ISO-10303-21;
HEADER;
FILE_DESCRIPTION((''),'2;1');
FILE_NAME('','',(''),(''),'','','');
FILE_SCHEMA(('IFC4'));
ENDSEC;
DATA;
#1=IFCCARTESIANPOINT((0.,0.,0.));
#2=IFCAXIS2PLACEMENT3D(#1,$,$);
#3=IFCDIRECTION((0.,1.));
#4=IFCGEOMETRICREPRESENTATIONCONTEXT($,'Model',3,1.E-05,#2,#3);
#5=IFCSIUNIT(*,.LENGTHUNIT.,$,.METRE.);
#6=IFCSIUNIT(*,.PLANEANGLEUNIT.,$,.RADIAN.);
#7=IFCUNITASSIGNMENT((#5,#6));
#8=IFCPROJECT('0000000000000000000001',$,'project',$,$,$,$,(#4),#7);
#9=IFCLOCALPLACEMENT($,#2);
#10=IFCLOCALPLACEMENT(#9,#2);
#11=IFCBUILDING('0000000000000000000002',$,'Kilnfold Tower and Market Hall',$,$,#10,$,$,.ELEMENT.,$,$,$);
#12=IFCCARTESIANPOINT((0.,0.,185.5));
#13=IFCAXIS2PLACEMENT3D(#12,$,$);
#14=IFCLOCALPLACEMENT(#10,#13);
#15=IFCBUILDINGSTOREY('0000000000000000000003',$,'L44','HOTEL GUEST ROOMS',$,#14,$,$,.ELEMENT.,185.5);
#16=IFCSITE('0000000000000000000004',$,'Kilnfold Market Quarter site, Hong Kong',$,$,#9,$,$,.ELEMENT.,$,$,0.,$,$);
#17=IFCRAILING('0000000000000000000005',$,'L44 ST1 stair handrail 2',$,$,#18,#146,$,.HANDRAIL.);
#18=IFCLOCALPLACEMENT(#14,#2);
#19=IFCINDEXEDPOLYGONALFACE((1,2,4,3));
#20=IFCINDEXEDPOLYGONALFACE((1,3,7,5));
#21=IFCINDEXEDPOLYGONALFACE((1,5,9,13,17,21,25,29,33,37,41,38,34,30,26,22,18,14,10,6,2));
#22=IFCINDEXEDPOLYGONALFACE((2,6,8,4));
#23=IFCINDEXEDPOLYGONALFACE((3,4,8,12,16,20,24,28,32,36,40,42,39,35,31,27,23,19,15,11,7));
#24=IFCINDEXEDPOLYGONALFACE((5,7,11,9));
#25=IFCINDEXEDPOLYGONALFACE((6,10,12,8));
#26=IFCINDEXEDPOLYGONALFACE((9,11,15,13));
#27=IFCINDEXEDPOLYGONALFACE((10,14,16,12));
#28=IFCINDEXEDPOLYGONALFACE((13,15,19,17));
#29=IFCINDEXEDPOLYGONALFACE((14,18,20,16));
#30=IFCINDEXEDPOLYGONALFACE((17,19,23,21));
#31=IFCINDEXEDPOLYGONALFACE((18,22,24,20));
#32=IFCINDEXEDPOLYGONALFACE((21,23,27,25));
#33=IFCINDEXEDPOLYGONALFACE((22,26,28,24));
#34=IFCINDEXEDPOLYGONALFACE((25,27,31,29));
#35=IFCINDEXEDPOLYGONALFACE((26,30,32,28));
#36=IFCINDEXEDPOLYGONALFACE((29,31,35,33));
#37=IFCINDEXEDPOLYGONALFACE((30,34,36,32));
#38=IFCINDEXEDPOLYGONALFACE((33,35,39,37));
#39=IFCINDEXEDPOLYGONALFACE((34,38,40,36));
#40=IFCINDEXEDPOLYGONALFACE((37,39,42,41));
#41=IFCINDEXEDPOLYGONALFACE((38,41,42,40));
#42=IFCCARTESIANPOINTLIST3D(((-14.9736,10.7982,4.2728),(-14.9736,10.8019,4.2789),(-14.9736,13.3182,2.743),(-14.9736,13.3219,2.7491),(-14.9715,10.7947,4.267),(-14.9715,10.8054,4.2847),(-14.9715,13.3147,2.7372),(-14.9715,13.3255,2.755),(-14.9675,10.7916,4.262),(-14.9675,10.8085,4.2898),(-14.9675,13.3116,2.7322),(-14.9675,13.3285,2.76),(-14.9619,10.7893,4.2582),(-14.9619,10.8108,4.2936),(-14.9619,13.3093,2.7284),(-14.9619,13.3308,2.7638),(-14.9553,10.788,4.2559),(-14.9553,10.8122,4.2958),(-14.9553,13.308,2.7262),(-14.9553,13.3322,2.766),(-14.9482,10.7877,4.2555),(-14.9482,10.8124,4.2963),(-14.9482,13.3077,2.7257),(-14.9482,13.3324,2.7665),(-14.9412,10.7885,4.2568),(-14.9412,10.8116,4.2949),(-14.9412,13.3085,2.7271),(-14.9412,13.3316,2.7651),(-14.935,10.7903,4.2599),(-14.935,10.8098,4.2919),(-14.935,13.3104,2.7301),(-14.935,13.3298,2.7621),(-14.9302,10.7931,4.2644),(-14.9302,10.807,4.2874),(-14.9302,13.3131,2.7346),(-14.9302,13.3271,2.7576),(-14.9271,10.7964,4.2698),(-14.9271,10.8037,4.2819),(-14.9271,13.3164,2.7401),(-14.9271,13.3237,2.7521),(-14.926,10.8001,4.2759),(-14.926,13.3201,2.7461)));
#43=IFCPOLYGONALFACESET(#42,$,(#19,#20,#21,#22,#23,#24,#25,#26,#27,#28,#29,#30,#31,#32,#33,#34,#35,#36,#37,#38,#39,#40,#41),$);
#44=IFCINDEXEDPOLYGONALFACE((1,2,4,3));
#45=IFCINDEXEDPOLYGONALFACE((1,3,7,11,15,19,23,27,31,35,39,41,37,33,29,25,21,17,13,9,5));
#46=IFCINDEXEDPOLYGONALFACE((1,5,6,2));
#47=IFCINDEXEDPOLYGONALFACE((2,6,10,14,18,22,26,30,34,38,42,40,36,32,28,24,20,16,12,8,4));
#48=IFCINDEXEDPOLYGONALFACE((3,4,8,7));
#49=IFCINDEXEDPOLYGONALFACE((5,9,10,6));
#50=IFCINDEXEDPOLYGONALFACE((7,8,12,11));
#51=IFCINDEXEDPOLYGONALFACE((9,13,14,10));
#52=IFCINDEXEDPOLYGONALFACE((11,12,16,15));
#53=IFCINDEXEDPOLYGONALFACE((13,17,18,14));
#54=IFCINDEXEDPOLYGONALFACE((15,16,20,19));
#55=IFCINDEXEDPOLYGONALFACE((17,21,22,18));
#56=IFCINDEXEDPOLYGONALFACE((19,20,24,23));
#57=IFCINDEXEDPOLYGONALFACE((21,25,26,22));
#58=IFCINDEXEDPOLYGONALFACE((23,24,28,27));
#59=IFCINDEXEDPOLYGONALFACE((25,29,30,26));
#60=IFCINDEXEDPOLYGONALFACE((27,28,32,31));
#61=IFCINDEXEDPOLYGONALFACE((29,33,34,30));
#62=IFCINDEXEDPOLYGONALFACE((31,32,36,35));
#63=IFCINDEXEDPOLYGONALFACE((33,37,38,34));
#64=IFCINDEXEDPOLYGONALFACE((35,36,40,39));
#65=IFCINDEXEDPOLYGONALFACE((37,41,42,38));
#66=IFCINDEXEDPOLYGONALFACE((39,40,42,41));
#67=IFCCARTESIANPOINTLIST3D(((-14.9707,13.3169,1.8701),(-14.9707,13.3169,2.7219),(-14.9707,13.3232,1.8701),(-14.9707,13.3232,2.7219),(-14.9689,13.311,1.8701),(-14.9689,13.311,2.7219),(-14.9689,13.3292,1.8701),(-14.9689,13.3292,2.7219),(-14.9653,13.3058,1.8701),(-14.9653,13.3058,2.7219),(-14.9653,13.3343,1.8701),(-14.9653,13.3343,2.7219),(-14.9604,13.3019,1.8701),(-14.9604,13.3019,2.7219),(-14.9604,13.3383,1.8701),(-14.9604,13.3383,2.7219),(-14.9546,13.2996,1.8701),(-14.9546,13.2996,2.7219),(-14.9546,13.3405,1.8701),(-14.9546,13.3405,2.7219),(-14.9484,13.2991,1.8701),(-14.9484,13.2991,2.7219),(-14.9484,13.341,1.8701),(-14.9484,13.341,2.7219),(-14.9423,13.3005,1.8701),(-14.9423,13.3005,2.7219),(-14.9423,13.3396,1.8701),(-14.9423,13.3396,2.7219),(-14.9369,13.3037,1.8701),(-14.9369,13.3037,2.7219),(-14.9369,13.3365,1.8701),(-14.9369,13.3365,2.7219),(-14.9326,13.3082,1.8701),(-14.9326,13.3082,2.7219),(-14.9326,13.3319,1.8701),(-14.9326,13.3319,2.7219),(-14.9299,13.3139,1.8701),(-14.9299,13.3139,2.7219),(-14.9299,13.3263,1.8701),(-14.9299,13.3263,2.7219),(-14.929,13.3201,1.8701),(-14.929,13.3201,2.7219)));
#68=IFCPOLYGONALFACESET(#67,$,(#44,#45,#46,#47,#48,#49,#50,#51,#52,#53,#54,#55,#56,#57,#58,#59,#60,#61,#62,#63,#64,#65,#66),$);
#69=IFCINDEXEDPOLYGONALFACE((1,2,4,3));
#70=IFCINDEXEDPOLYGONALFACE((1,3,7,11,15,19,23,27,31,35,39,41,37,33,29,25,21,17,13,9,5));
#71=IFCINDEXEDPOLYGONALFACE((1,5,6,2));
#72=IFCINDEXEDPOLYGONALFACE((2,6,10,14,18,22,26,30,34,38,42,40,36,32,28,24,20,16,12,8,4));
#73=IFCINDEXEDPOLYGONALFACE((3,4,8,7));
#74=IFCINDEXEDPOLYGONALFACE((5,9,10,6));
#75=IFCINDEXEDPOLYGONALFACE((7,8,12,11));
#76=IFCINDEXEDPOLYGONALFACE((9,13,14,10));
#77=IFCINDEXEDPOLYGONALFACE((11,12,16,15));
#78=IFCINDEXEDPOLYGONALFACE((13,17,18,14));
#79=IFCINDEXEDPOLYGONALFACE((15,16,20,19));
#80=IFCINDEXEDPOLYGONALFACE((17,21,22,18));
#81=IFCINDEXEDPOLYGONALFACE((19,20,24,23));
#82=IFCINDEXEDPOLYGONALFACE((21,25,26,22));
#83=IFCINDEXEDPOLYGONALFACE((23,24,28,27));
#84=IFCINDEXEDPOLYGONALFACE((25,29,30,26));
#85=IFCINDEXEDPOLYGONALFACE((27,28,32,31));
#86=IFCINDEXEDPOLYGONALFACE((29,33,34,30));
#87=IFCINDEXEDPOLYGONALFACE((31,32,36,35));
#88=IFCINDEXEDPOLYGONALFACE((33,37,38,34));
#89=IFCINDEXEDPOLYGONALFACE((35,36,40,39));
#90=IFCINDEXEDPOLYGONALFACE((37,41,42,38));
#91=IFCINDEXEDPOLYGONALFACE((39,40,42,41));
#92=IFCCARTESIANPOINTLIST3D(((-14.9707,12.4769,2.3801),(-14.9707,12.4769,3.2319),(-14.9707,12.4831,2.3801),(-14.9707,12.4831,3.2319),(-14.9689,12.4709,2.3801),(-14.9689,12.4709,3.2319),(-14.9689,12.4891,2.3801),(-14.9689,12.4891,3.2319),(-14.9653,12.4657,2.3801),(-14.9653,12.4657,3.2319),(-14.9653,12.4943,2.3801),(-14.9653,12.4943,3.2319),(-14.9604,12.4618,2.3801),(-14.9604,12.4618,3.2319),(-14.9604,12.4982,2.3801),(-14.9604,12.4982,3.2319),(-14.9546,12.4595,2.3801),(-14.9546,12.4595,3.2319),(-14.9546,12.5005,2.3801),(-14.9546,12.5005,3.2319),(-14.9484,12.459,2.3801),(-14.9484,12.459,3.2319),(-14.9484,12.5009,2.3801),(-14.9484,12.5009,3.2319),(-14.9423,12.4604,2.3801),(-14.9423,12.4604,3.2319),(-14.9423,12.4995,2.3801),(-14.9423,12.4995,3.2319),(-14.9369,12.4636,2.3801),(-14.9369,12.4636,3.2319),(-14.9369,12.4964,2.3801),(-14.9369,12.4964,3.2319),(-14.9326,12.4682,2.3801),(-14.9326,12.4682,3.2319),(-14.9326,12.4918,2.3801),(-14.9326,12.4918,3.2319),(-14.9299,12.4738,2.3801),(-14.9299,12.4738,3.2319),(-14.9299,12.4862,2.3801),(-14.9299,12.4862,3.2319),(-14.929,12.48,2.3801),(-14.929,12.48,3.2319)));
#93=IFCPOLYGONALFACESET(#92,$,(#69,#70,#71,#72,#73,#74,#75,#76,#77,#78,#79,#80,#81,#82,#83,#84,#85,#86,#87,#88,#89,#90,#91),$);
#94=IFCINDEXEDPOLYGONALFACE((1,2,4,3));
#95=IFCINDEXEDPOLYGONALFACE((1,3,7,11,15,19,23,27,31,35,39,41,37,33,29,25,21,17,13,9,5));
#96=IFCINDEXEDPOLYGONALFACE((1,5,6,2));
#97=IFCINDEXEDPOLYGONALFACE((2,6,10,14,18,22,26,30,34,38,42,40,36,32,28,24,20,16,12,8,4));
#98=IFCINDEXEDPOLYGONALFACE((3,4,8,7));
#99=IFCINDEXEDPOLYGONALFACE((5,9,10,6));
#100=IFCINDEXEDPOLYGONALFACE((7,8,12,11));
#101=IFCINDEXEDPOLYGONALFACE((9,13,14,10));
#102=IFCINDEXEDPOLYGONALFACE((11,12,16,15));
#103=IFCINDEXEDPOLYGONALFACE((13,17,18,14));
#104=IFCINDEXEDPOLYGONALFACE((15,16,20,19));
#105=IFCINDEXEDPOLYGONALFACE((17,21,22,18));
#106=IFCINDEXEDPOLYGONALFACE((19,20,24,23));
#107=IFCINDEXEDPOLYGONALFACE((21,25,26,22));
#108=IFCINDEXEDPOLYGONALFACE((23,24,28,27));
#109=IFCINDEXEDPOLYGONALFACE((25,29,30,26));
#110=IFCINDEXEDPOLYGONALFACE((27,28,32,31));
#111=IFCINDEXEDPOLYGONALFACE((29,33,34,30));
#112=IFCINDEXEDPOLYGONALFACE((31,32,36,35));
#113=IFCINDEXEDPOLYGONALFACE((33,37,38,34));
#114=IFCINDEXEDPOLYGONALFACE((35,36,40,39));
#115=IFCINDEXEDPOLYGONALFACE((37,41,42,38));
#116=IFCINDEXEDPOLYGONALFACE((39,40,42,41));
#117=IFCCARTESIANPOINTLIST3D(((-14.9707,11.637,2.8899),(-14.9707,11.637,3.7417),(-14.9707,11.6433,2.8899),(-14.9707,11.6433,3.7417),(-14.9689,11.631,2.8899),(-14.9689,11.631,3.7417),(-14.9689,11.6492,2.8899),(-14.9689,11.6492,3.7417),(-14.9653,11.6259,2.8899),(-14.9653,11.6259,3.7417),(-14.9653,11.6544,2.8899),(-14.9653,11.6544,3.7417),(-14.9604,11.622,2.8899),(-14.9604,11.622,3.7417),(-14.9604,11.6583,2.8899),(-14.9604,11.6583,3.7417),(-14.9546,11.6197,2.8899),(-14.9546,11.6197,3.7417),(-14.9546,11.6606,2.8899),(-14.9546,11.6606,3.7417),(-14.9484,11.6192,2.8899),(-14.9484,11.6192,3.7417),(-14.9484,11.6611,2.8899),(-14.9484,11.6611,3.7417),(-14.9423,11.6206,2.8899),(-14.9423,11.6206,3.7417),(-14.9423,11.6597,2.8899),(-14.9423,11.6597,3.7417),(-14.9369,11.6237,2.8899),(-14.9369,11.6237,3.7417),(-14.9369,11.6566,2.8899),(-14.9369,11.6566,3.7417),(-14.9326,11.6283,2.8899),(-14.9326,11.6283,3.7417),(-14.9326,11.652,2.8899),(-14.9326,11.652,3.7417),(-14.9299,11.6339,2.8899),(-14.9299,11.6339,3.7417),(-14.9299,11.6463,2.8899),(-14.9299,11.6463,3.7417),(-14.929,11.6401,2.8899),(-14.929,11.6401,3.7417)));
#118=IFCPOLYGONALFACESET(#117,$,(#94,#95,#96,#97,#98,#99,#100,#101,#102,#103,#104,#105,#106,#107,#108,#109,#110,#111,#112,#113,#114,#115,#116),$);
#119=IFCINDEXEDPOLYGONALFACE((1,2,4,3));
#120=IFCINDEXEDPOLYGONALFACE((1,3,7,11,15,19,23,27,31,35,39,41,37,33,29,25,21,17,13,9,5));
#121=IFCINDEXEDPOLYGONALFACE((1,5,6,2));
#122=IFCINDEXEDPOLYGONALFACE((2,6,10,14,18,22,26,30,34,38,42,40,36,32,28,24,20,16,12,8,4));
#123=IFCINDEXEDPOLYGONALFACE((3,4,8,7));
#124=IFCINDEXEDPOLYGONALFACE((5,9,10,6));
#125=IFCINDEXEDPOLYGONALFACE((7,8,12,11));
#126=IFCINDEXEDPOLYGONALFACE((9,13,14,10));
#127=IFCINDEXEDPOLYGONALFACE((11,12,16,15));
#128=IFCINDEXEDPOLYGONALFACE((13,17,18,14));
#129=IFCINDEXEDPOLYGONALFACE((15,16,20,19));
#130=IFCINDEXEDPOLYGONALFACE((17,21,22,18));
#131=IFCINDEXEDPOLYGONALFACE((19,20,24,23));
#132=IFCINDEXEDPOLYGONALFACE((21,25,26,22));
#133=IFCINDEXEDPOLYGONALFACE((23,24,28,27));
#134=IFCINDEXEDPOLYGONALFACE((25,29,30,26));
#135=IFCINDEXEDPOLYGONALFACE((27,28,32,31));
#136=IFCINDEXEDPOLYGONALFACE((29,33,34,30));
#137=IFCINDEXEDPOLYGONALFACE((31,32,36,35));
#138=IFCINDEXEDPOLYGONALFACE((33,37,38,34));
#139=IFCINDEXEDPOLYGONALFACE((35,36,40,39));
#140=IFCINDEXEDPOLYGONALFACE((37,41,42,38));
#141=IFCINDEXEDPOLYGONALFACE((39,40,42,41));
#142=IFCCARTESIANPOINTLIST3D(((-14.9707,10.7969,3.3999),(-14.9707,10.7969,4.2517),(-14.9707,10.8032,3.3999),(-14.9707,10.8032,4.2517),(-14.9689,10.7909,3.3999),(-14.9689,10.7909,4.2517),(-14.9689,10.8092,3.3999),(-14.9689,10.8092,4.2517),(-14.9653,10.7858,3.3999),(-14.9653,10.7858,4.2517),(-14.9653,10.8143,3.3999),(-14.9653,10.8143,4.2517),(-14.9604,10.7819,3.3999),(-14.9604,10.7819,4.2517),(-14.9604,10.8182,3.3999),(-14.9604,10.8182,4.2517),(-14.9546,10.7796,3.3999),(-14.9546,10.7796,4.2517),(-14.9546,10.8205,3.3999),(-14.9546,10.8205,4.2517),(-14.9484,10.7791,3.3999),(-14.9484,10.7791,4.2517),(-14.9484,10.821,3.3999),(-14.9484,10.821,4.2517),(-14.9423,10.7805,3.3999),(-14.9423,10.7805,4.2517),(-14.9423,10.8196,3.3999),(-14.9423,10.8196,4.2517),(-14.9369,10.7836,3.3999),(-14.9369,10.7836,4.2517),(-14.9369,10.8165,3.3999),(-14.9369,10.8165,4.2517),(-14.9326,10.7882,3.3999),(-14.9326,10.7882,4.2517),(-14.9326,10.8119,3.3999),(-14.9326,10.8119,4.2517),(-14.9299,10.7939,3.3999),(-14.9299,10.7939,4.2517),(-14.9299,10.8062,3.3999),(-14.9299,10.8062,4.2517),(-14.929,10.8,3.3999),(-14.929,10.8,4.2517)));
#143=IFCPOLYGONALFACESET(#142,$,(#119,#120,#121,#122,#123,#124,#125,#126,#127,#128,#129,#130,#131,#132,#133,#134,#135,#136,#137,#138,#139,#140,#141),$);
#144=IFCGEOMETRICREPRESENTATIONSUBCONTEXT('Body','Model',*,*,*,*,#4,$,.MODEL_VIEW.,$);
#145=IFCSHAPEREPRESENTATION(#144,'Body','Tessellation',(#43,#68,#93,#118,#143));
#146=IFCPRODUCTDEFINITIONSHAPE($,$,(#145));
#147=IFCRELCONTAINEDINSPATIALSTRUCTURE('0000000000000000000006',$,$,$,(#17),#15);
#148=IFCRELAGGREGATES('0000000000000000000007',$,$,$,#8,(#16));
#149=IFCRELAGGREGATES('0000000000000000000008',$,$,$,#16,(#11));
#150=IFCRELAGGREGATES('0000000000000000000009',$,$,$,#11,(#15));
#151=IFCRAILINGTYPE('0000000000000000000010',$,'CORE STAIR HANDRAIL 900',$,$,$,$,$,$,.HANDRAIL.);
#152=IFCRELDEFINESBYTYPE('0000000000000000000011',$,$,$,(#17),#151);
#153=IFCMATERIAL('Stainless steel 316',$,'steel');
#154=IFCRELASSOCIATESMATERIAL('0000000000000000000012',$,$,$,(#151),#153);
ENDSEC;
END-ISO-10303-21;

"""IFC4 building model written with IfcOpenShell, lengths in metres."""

from ifc_helpers import new_model, si_unit, direction, frame, origin, origin_2d, place, context, subcontext, project, spatial, circle, extrude, material, type_object, element, save


model = new_model("IFC4")

# Units and contexts
model_context = context("Model", 3, precision=1e-05, world=origin(), true_north=direction((0.0, 1.0)))
body_context = subcontext(model_context, "Body", "Model", "MODEL_VIEW")
ifc_project = project(units=[si_unit("LENGTHUNIT", "METRE"), si_unit("PLANEANGLEUNIT", "RADIAN")], contexts=[model_context])

# Site, building, storey
site_placement = place(None, origin())
site = spatial("IfcSite", under=ifc_project, at=site_placement, Name="Kilnfold Market Quarter site, Hong Kong", CompositionType="ELEMENT", RefElevation=0.0)
building_placement = place(site_placement, origin())
building = spatial("IfcBuilding", under=site, at=building_placement, Name="Kilnfold Tower and Market Hall", CompositionType="ELEMENT")
storey_placement = place(building_placement, frame((0.0, 0.0, 185.5)))
storey = spatial("IfcBuildingStorey", under=building, at=storey_placement, Name="L44", Description="HOTEL GUEST ROOMS", CompositionType="ELEMENT", Elevation=185.5)

# Railing
ifc_material_1 = material(Name="Stainless steel 316", Category="steel")
railing_type_1 = type_object("IfcRailingType", Name="CORE STAIR HANDRAIL 900", PredefinedType="HANDRAIL", material=ifc_material_1)
railing_1_placement = place(storey_placement, frame((-14.95, 13.3201, 1.8701)))
element("IfcRailing", 1, at=railing_1_placement, inside=storey, type_object=railing_type_1, Name="L44 ST1 stair handrail 2", PredefinedType="HANDRAIL", context=body_context, shape_type="SweptSolid", body=[
    extrude(circle(Radius=0.0239, at=origin_2d()), frame((0.0, 0.0, 0.876), z_axis=(0.0, -0.854822, 0.518922), x_axis=(1.0, 0.0, 0.0)), (0.0, 0.0, 1.0), 2.948),
    extrude(circle(Radius=0.021, at=origin_2d()), origin(), (0.0, 0.0, 1.0), 0.8518),
    extrude(circle(Radius=0.021, at=origin_2d()), frame((0.0, -0.8401, 0.51)), (0.0, 0.0, 1.0), 0.8518),
    extrude(circle(Radius=0.021, at=origin_2d()), frame((0.0, -1.6799, 1.0198)), (0.0, 0.0, 1.0), 0.8518),
    extrude(circle(Radius=0.021, at=origin_2d()), frame((0.0, -2.52, 1.5298)), (0.0, 0.0, 1.0), 0.8518),
])

save(model, "model.ifc")
